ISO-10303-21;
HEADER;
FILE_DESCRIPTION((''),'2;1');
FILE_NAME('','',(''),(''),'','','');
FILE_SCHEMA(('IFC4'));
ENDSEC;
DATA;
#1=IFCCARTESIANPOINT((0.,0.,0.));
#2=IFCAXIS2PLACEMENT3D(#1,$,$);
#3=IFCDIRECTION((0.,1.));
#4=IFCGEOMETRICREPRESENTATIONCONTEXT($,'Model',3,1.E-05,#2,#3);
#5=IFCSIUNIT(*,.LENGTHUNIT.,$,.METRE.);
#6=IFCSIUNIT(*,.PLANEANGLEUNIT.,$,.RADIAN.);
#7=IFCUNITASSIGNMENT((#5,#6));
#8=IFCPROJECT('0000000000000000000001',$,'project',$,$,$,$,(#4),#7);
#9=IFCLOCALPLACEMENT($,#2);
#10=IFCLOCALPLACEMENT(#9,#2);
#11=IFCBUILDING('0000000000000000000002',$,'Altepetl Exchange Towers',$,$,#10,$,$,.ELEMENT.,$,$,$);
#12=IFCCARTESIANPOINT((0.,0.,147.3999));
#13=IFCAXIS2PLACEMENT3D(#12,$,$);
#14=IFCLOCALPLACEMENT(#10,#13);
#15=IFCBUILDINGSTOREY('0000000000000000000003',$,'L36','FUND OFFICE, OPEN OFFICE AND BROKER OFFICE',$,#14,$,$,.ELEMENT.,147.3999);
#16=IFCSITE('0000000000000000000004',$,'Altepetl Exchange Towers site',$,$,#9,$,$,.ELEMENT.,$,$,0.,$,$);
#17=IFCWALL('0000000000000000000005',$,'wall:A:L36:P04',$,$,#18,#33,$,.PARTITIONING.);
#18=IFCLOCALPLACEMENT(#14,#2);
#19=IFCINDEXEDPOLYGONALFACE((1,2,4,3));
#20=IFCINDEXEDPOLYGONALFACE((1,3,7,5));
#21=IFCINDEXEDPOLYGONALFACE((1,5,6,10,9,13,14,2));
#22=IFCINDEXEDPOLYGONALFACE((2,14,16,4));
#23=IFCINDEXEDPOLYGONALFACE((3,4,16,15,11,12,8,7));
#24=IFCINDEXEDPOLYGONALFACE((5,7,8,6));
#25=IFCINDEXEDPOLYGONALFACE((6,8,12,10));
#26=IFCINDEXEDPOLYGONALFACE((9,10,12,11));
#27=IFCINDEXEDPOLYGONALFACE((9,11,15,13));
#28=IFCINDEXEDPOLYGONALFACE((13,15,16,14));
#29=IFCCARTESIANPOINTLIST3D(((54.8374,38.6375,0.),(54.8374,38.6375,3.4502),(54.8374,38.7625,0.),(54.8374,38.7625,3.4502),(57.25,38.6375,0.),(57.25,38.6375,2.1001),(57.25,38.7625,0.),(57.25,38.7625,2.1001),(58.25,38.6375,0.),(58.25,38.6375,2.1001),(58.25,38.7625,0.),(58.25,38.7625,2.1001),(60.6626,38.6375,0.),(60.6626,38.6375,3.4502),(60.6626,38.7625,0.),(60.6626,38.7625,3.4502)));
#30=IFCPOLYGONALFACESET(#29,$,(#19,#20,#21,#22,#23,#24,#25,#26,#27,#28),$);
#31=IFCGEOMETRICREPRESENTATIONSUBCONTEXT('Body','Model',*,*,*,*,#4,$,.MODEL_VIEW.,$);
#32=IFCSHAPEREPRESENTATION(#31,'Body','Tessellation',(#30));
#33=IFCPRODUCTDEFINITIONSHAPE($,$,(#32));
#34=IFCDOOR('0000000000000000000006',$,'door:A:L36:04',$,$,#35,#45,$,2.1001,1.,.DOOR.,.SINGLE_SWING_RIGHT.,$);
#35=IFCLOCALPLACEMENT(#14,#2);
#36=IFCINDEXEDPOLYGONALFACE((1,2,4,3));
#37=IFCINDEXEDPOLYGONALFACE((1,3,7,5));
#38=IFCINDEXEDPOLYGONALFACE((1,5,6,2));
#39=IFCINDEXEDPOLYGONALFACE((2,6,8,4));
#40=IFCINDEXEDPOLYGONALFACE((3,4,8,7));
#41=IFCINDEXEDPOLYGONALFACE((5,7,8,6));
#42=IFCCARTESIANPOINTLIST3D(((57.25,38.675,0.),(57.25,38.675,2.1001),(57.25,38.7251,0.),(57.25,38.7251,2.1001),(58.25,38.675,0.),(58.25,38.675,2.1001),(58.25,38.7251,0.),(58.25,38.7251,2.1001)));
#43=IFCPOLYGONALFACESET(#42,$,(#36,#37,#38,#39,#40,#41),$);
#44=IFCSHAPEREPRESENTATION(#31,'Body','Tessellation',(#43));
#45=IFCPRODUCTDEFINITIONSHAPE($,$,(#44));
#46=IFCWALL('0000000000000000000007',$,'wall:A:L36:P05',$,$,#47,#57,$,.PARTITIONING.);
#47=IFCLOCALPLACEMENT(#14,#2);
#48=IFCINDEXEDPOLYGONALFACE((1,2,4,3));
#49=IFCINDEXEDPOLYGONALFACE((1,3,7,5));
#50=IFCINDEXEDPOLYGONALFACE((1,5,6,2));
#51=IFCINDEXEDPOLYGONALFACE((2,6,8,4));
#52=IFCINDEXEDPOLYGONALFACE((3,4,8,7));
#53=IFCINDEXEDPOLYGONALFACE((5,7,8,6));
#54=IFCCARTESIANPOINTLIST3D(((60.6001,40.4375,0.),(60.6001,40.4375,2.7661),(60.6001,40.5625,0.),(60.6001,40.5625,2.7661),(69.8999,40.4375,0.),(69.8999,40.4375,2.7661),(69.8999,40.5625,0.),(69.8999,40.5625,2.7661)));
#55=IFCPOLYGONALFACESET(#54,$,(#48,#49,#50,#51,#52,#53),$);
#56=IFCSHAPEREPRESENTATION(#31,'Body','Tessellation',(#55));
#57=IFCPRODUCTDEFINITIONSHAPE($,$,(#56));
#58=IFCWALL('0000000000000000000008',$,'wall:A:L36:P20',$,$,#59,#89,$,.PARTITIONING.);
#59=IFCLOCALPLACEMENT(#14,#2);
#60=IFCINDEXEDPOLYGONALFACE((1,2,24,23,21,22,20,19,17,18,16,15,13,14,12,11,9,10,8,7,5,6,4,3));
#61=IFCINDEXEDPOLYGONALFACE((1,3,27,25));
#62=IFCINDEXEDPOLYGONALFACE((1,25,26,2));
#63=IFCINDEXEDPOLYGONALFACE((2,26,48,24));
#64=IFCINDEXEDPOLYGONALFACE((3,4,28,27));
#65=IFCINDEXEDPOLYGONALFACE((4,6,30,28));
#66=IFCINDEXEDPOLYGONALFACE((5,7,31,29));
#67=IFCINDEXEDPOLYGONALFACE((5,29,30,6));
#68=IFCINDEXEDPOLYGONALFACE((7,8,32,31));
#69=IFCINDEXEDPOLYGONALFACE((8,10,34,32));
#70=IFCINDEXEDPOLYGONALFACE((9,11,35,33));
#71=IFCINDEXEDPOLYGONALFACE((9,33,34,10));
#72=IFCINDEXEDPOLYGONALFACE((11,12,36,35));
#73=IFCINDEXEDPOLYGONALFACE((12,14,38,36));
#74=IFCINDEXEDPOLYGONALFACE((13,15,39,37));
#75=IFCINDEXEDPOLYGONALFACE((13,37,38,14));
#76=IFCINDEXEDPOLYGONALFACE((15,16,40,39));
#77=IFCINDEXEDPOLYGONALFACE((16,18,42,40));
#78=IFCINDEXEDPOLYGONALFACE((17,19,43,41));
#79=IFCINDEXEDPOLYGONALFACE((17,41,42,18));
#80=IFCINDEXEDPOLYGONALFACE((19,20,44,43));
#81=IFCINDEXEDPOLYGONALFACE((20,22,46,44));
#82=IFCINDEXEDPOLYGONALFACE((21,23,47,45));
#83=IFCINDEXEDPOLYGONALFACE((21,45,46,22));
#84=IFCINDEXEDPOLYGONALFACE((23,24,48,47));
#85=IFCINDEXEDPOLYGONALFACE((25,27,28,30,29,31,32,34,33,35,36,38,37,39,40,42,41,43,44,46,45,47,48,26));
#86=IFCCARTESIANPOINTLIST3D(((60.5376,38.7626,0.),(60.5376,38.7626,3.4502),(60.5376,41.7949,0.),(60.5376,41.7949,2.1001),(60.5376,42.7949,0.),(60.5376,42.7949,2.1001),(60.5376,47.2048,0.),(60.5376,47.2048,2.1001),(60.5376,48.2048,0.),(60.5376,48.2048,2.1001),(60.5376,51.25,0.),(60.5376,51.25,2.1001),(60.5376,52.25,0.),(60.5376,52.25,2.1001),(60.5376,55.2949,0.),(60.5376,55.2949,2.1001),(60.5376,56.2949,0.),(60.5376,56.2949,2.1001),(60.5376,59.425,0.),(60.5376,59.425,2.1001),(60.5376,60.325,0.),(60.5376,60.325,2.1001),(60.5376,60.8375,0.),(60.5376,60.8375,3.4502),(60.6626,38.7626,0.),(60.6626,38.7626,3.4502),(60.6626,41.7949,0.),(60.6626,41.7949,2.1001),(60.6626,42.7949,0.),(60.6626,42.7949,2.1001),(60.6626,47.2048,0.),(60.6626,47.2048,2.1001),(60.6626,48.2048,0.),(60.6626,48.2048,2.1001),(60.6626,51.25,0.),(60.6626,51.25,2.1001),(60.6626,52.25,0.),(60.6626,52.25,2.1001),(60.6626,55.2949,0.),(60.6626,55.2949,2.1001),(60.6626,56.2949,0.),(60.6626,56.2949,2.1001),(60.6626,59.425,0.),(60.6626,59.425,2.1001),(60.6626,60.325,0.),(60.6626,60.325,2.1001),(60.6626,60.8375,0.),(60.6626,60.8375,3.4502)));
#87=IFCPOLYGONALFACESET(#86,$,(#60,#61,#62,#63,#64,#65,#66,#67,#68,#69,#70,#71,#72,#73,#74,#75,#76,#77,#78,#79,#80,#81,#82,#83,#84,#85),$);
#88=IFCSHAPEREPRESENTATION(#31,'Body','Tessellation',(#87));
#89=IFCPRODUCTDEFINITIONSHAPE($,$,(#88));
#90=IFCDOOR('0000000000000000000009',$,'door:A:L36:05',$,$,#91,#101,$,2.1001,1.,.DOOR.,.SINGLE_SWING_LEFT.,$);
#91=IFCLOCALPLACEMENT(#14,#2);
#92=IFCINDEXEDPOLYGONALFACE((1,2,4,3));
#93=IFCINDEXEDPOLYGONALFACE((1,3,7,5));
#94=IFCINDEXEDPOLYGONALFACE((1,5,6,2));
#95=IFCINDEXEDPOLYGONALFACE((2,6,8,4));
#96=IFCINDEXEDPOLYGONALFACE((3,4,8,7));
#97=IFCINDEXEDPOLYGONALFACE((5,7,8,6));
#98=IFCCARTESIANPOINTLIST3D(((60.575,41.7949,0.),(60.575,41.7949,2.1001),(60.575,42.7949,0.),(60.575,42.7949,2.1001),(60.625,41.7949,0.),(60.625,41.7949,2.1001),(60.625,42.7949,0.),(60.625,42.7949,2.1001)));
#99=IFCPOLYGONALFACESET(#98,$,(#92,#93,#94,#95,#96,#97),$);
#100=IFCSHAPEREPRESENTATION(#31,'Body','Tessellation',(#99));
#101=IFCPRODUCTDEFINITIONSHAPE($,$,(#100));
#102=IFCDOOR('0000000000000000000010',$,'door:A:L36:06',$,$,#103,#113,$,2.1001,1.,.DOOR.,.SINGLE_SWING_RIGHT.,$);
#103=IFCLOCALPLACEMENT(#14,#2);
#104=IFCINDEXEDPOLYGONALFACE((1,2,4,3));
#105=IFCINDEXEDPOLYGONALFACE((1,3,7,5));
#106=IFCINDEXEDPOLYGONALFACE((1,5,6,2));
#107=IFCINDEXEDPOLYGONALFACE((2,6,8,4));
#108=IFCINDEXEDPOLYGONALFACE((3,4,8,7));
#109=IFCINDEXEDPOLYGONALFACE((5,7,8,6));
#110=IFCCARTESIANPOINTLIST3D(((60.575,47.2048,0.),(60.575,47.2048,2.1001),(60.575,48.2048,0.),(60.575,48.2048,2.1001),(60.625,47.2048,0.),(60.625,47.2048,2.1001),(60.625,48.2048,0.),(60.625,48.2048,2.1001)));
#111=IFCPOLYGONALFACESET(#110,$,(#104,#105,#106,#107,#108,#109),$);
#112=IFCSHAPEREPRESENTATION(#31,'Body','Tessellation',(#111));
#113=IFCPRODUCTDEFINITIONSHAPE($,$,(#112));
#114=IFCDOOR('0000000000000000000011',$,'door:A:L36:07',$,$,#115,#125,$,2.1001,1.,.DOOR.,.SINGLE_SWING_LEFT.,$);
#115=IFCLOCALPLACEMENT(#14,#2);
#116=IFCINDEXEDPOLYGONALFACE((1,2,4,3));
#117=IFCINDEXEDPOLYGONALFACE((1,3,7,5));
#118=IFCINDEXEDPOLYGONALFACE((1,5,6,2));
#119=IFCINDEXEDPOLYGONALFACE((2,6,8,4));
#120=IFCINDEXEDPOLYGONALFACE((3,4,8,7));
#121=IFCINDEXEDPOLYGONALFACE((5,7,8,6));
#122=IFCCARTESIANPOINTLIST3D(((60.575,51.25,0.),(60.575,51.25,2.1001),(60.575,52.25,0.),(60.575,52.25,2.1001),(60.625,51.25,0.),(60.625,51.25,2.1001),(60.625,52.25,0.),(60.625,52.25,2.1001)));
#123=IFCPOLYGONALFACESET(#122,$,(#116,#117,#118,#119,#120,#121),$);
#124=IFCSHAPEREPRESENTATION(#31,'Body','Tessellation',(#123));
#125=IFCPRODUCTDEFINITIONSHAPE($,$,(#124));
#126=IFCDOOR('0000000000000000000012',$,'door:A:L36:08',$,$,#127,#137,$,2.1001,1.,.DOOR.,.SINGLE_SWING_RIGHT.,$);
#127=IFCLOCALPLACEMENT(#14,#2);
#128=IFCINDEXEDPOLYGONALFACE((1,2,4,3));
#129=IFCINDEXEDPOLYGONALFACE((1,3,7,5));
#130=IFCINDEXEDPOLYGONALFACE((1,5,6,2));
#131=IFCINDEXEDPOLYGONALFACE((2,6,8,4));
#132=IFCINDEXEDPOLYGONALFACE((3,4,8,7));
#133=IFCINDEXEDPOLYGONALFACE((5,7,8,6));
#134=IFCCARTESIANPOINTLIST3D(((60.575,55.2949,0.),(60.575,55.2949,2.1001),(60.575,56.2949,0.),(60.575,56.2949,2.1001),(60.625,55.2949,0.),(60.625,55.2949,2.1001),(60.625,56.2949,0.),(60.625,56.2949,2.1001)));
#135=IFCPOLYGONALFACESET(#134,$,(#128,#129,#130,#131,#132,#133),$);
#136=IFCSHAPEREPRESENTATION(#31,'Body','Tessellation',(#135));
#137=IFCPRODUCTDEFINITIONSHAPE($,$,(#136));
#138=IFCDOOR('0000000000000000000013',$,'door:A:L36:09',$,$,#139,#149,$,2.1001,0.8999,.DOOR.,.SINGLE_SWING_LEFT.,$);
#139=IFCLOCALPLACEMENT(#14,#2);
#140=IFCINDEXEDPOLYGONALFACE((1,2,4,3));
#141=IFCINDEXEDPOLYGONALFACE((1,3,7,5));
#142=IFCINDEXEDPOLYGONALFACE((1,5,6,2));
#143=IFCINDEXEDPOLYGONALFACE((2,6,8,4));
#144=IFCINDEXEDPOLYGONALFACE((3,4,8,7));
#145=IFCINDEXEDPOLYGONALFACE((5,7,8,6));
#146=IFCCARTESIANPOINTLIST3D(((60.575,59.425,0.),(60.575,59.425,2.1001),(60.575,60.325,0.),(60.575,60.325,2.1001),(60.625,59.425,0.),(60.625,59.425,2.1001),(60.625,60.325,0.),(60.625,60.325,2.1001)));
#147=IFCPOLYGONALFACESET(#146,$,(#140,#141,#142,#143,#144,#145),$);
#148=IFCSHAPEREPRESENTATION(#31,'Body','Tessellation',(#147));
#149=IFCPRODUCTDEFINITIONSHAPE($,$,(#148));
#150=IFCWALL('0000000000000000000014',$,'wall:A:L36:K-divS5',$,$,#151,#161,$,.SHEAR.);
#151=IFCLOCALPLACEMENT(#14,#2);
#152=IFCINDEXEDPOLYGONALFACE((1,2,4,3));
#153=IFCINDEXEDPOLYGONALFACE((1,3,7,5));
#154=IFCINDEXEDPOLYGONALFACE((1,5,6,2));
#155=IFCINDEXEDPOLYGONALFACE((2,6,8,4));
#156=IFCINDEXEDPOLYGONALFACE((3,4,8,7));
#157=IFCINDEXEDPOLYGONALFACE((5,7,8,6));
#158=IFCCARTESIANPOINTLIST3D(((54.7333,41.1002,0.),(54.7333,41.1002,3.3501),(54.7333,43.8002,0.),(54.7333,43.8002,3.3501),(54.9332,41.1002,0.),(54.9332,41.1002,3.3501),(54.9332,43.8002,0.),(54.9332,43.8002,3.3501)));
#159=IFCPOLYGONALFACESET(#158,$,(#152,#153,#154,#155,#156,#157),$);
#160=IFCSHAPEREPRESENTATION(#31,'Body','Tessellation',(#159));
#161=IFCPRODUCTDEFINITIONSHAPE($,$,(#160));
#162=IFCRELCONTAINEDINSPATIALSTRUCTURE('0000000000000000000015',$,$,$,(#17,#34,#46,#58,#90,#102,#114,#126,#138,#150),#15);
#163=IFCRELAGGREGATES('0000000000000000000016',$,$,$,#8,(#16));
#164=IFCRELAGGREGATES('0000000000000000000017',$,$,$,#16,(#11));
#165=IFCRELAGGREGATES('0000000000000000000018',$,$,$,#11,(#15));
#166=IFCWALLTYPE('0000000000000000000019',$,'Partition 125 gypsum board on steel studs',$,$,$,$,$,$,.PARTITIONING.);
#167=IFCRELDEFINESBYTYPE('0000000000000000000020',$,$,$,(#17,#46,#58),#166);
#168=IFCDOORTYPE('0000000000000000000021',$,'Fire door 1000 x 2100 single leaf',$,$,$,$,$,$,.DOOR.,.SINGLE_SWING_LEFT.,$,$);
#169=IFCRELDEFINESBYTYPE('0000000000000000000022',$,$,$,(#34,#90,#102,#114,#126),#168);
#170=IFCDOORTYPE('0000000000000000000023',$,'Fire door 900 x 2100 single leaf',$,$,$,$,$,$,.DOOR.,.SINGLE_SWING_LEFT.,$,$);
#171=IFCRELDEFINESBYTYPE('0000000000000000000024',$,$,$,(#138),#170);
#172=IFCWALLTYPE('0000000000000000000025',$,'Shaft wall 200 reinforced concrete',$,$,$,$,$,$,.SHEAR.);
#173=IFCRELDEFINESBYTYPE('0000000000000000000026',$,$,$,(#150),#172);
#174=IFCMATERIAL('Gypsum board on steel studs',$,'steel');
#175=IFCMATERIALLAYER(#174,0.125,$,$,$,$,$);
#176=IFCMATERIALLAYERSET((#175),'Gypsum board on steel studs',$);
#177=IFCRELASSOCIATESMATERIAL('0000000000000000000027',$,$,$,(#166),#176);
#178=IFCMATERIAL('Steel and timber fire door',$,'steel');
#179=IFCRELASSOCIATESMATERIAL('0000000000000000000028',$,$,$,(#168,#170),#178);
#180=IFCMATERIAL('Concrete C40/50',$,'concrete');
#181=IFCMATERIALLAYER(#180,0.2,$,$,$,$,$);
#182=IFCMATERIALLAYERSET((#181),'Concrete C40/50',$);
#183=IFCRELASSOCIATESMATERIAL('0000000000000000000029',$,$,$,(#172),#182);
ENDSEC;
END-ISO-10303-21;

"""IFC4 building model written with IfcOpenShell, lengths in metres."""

from ifc_helpers import new_model, si_unit, direction, frame, frame_2d, origin, place, context, subcontext, project, spatial, rectangle, extrude, material, layer, layer_set, type_object, element, fill, save


model = new_model("IFC4")

# Units and contexts
model_context = context("Model", 3, precision=1e-05, world=origin(), true_north=direction((0.0, 1.0)))
body_context = subcontext(model_context, "Body", "Model", "MODEL_VIEW")
ifc_project = project(units=[si_unit("LENGTHUNIT", "METRE"), si_unit("PLANEANGLEUNIT", "RADIAN")], contexts=[model_context])

# Site, building, storey
site_placement = place(None, origin())
site = spatial("IfcSite", under=ifc_project, at=site_placement, Name="Altepetl Exchange Towers site", CompositionType="ELEMENT", RefElevation=0.0)
building_placement = place(site_placement, origin())
building = spatial("IfcBuilding", under=site, at=building_placement, Name="Altepetl Exchange Towers", CompositionType="ELEMENT")
storey_placement = place(building_placement, frame((0.0, 0.0, 147.3999)))
storey = spatial("IfcBuildingStorey", under=building, at=storey_placement, Name="L36", Description="FUND OFFICE, OPEN OFFICE AND BROKER OFFICE", CompositionType="ELEMENT", Elevation=147.3999)

# Shared definitions
ifc_material_1 = material(Name="Steel and timber fire door", Category="steel")

# Shared definitions
ifc_material_2 = material(Name="Gypsum board on steel studs", Category="steel")
ifc_layer_1 = layer(ifc_material_2, 0.125)
ifc_layer_set_1 = layer_set([ifc_layer_1], Name="Gypsum board on steel studs")
wall_type_1 = type_object("IfcWallType", Name="Partition 125 gypsum board on steel studs", PredefinedType="PARTITIONING", material=ifc_layer_set_1)

# Wall, opening, door
wall_1_placement = place(storey_placement, frame((54.8374, 38.7, 0.0)))
wall_1 = element("IfcWall", 1, at=wall_1_placement, inside=storey, type_object=wall_type_1, Name="wall:A:L36:P04", PredefinedType="PARTITIONING", context=body_context, shape_type="SweptSolid", body=[
    extrude(rectangle(XDim=5.8252, YDim=0.125, at=frame_2d((2.9126, 0.0))), origin(), (0.0, 0.0, 1.0), 3.4502),
])
opening_1_placement = place(wall_1_placement, frame((2.4126, 0.0, 0.0)))
opening_1 = element("IfcOpeningElement", 2, at=opening_1_placement, cuts=wall_1, PredefinedType="OPENING", context=body_context, shape_type="SweptSolid", body=[
    extrude(rectangle(XDim=1.0, YDim=2.1001, at=frame_2d((0.5, 1.05))), frame((0.0, 0.0725, 0.0), z_axis=(0.0, -1.0, 0.0), x_axis=(1.0, 0.0, 0.0)), (0.0, 0.0, 1.0), 0.145),
])
door_type_1 = type_object("IfcDoorType", Name="Fire door 1000 x 2100 single leaf", OperationType="SINGLE_SWING_LEFT", PredefinedType="DOOR", material=ifc_material_1)
door_1_placement = place(opening_1_placement, frame((1.0, 0.0, 0.0), x_axis=(-1.0, 0.0, 0.0)))
door_1 = element("IfcDoor", 3, at=door_1_placement, inside=storey, type_object=door_type_1, Name="door:A:L36:04", OperationType="SINGLE_SWING_RIGHT", OverallHeight=2.1001, OverallWidth=1.0, PredefinedType="DOOR", context=body_context, shape_type="SweptSolid", body=[
    extrude(rectangle(XDim=1.0, YDim=2.1001, at=frame_2d((0.5, 1.05))), frame((0.0, 0.0249, 0.0), z_axis=(0.0, -1.0, 0.0), x_axis=(1.0, 0.0, 0.0)), (0.0, 0.0, 1.0), 0.05),
])
fill(opening_1, door_1)

# Wall
wall_2_placement = place(storey_placement, frame((60.6001, 40.5, 0.0)))
element("IfcWall", 4, at=wall_2_placement, inside=storey, type_object=wall_type_1, Name="wall:A:L36:P05", PredefinedType="PARTITIONING", context=body_context, shape_type="SweptSolid", body=[
    extrude(rectangle(XDim=9.2998, YDim=0.125, at=frame_2d((4.6499, 0.0))), origin(), (0.0, 0.0, 1.0), 2.7661),
])

# Wall, openings, doors
wall_3_placement = place(storey_placement, frame((60.6001, 38.7625, 0.0), z_axis=(0.0, 0.0, 1.0), x_axis=(0.0, 1.0, 0.0)))
wall_3 = element("IfcWall", 5, at=wall_3_placement, inside=storey, type_object=wall_type_1, Name="wall:A:L36:P20", PredefinedType="PARTITIONING", context=body_context, shape_type="SweptSolid", body=[
    extrude(rectangle(XDim=22.075, YDim=0.125, at=frame_2d((11.0376, 0.0))), origin(), (0.0, 0.0, 1.0), 3.4502),
])
opening_2_placement = place(wall_3_placement, frame((3.0325, 0.0, 0.0)))
opening_2 = element("IfcOpeningElement", 6, at=opening_2_placement, cuts=wall_3, PredefinedType="OPENING", context=body_context, shape_type="SweptSolid", body=[
    extrude(rectangle(XDim=1.0, YDim=2.1001, at=frame_2d((0.5, 1.05))), frame((0.0, 0.0725, 0.0), z_axis=(0.0, -1.0, 0.0), x_axis=(1.0, 0.0, 0.0)), (0.0, 0.0, 1.0), 0.145),
])
opening_3_placement = place(wall_3_placement, frame((8.4424, 0.0, 0.0)))
opening_3 = element("IfcOpeningElement", 7, at=opening_3_placement, cuts=wall_3, PredefinedType="OPENING", context=body_context, shape_type="SweptSolid", body=[
    extrude(rectangle(XDim=1.0, YDim=2.1001, at=frame_2d((0.5, 1.05))), frame((0.0, 0.0725, 0.0), z_axis=(0.0, -1.0, 0.0), x_axis=(1.0, 0.0, 0.0)), (0.0, 0.0, 1.0), 0.145),
])
opening_4_placement = place(wall_3_placement, frame((12.4875, 0.0, 0.0)))
opening_4 = element("IfcOpeningElement", 8, at=opening_4_placement, cuts=wall_3, PredefinedType="OPENING", context=body_context, shape_type="SweptSolid", body=[
    extrude(rectangle(XDim=1.0, YDim=2.1001, at=frame_2d((0.5, 1.05))), frame((0.0, 0.0725, 0.0), z_axis=(0.0, -1.0, 0.0), x_axis=(1.0, 0.0, 0.0)), (0.0, 0.0, 1.0), 0.145),
])
opening_5_placement = place(wall_3_placement, frame((16.5325, 0.0, 0.0)))
opening_5 = element("IfcOpeningElement", 9, at=opening_5_placement, cuts=wall_3, PredefinedType="OPENING", context=body_context, shape_type="SweptSolid", body=[
    extrude(rectangle(XDim=1.0, YDim=2.1001, at=frame_2d((0.5, 1.05))), frame((0.0, 0.0725, 0.0), z_axis=(0.0, -1.0, 0.0), x_axis=(1.0, 0.0, 0.0)), (0.0, 0.0, 1.0), 0.145),
])
opening_6_placement = place(wall_3_placement, frame((20.6626, 0.0, 0.0)))
opening_6 = element("IfcOpeningElement", 10, at=opening_6_placement, cuts=wall_3, PredefinedType="OPENING", context=body_context, shape_type="SweptSolid", body=[
    extrude(rectangle(XDim=0.8999, YDim=2.1001, at=frame_2d((0.45, 1.05))), frame((0.0, 0.0725, 0.0), z_axis=(0.0, -1.0, 0.0), x_axis=(1.0, 0.0, 0.0)), (0.0, 0.0, 1.0), 0.145),
])
door_2_placement = place(opening_2_placement, frame((1.0, 0.0, 0.0), x_axis=(-1.0, 0.0, 0.0)))
door_2 = element("IfcDoor", 11, at=door_2_placement, inside=storey, type_object=door_type_1, Name="door:A:L36:05", OperationType="SINGLE_SWING_LEFT", OverallHeight=2.1001, OverallWidth=1.0, PredefinedType="DOOR", context=body_context, shape_type="SweptSolid", body=[
    extrude(rectangle(XDim=1.0, YDim=2.1001, at=frame_2d((0.5, 1.05))), frame((0.0, 0.0249, 0.0), z_axis=(0.0, -1.0, 0.0), x_axis=(1.0, 0.0, 0.0)), (0.0, 0.0, 1.0), 0.05),
])
fill(opening_2, door_2)
door_3_placement = place(opening_3_placement, frame((1.0, 0.0, 0.0), x_axis=(-1.0, 0.0, 0.0)))
door_3 = element("IfcDoor", 12, at=door_3_placement, inside=storey, type_object=door_type_1, Name="door:A:L36:06", OperationType="SINGLE_SWING_RIGHT", OverallHeight=2.1001, OverallWidth=1.0, PredefinedType="DOOR", context=body_context, shape_type="SweptSolid", body=[
    extrude(rectangle(XDim=1.0, YDim=2.1001, at=frame_2d((0.5, 1.05))), frame((0.0, 0.0249, 0.0), z_axis=(0.0, -1.0, 0.0), x_axis=(1.0, 0.0, 0.0)), (0.0, 0.0, 1.0), 0.05),
])
fill(opening_3, door_3)
door_4_placement = place(opening_4_placement, frame((1.0, 0.0, 0.0), x_axis=(-1.0, 0.0, 0.0)))
door_4 = element("IfcDoor", 13, at=door_4_placement, inside=storey, type_object=door_type_1, Name="door:A:L36:07", OperationType="SINGLE_SWING_LEFT", OverallHeight=2.1001, OverallWidth=1.0, PredefinedType="DOOR", context=body_context, shape_type="SweptSolid", body=[
    extrude(rectangle(XDim=1.0, YDim=2.1001, at=frame_2d((0.5, 1.05))), frame((0.0, 0.0249, 0.0), z_axis=(0.0, -1.0, 0.0), x_axis=(1.0, 0.0, 0.0)), (0.0, 0.0, 1.0), 0.05),
])
fill(opening_4, door_4)
door_5_placement = place(opening_5_placement, frame((1.0, 0.0, 0.0), x_axis=(-1.0, 0.0, 0.0)))
door_5 = element("IfcDoor", 14, at=door_5_placement, inside=storey, type_object=door_type_1, Name="door:A:L36:08", OperationType="SINGLE_SWING_RIGHT", OverallHeight=2.1001, OverallWidth=1.0, PredefinedType="DOOR", context=body_context, shape_type="SweptSolid", body=[
    extrude(rectangle(XDim=1.0, YDim=2.1001, at=frame_2d((0.5, 1.05))), frame((0.0, 0.0249, 0.0), z_axis=(0.0, -1.0, 0.0), x_axis=(1.0, 0.0, 0.0)), (0.0, 0.0, 1.0), 0.05),
])
fill(opening_5, door_5)
door_type_2 = type_object("IfcDoorType", Name="Fire door 900 x 2100 single leaf", OperationType="SINGLE_SWING_LEFT", PredefinedType="DOOR", material=ifc_material_1)
door_6_placement = place(opening_6_placement, frame((0.8999, 0.0, 0.0), x_axis=(-1.0, 0.0, 0.0)))
door_6 = element("IfcDoor", 15, at=door_6_placement, inside=storey, type_object=door_type_2, Name="door:A:L36:09", OperationType="SINGLE_SWING_LEFT", OverallHeight=2.1001, OverallWidth=0.8999, PredefinedType="DOOR", context=body_context, shape_type="SweptSolid", body=[
    extrude(rectangle(XDim=0.8999, YDim=2.1001, at=frame_2d((0.45, 1.05))), frame((0.0, 0.0249, 0.0), z_axis=(0.0, -1.0, 0.0), x_axis=(1.0, 0.0, 0.0)), (0.0, 0.0, 1.0), 0.05),
])
fill(opening_6, door_6)

# Wall
ifc_material_3 = material(Name="Concrete C40/50", Category="concrete")
ifc_layer_2 = layer(ifc_material_3, 0.2)
ifc_layer_set_2 = layer_set([ifc_layer_2], Name="Concrete C40/50")
wall_type_2 = type_object("IfcWallType", Name="Shaft wall 200 reinforced concrete", PredefinedType="SHEAR", material=ifc_layer_set_2)
wall_4_placement = place(storey_placement, frame((54.8333, 41.1001, 0.0), z_axis=(0.0, 0.0, 1.0), x_axis=(0.0, 1.0, 0.0)))
element("IfcWall", 16, at=wall_4_placement, inside=storey, type_object=wall_type_2, Name="wall:A:L36:K-divS5", PredefinedType="SHEAR", context=body_context, shape_type="SweptSolid", body=[
    extrude(rectangle(XDim=2.7, YDim=0.2, at=frame_2d((1.3501, 0.0))), origin(), (0.0, 0.0, 1.0), 3.3501),
])

save(model, "model.ifc")
